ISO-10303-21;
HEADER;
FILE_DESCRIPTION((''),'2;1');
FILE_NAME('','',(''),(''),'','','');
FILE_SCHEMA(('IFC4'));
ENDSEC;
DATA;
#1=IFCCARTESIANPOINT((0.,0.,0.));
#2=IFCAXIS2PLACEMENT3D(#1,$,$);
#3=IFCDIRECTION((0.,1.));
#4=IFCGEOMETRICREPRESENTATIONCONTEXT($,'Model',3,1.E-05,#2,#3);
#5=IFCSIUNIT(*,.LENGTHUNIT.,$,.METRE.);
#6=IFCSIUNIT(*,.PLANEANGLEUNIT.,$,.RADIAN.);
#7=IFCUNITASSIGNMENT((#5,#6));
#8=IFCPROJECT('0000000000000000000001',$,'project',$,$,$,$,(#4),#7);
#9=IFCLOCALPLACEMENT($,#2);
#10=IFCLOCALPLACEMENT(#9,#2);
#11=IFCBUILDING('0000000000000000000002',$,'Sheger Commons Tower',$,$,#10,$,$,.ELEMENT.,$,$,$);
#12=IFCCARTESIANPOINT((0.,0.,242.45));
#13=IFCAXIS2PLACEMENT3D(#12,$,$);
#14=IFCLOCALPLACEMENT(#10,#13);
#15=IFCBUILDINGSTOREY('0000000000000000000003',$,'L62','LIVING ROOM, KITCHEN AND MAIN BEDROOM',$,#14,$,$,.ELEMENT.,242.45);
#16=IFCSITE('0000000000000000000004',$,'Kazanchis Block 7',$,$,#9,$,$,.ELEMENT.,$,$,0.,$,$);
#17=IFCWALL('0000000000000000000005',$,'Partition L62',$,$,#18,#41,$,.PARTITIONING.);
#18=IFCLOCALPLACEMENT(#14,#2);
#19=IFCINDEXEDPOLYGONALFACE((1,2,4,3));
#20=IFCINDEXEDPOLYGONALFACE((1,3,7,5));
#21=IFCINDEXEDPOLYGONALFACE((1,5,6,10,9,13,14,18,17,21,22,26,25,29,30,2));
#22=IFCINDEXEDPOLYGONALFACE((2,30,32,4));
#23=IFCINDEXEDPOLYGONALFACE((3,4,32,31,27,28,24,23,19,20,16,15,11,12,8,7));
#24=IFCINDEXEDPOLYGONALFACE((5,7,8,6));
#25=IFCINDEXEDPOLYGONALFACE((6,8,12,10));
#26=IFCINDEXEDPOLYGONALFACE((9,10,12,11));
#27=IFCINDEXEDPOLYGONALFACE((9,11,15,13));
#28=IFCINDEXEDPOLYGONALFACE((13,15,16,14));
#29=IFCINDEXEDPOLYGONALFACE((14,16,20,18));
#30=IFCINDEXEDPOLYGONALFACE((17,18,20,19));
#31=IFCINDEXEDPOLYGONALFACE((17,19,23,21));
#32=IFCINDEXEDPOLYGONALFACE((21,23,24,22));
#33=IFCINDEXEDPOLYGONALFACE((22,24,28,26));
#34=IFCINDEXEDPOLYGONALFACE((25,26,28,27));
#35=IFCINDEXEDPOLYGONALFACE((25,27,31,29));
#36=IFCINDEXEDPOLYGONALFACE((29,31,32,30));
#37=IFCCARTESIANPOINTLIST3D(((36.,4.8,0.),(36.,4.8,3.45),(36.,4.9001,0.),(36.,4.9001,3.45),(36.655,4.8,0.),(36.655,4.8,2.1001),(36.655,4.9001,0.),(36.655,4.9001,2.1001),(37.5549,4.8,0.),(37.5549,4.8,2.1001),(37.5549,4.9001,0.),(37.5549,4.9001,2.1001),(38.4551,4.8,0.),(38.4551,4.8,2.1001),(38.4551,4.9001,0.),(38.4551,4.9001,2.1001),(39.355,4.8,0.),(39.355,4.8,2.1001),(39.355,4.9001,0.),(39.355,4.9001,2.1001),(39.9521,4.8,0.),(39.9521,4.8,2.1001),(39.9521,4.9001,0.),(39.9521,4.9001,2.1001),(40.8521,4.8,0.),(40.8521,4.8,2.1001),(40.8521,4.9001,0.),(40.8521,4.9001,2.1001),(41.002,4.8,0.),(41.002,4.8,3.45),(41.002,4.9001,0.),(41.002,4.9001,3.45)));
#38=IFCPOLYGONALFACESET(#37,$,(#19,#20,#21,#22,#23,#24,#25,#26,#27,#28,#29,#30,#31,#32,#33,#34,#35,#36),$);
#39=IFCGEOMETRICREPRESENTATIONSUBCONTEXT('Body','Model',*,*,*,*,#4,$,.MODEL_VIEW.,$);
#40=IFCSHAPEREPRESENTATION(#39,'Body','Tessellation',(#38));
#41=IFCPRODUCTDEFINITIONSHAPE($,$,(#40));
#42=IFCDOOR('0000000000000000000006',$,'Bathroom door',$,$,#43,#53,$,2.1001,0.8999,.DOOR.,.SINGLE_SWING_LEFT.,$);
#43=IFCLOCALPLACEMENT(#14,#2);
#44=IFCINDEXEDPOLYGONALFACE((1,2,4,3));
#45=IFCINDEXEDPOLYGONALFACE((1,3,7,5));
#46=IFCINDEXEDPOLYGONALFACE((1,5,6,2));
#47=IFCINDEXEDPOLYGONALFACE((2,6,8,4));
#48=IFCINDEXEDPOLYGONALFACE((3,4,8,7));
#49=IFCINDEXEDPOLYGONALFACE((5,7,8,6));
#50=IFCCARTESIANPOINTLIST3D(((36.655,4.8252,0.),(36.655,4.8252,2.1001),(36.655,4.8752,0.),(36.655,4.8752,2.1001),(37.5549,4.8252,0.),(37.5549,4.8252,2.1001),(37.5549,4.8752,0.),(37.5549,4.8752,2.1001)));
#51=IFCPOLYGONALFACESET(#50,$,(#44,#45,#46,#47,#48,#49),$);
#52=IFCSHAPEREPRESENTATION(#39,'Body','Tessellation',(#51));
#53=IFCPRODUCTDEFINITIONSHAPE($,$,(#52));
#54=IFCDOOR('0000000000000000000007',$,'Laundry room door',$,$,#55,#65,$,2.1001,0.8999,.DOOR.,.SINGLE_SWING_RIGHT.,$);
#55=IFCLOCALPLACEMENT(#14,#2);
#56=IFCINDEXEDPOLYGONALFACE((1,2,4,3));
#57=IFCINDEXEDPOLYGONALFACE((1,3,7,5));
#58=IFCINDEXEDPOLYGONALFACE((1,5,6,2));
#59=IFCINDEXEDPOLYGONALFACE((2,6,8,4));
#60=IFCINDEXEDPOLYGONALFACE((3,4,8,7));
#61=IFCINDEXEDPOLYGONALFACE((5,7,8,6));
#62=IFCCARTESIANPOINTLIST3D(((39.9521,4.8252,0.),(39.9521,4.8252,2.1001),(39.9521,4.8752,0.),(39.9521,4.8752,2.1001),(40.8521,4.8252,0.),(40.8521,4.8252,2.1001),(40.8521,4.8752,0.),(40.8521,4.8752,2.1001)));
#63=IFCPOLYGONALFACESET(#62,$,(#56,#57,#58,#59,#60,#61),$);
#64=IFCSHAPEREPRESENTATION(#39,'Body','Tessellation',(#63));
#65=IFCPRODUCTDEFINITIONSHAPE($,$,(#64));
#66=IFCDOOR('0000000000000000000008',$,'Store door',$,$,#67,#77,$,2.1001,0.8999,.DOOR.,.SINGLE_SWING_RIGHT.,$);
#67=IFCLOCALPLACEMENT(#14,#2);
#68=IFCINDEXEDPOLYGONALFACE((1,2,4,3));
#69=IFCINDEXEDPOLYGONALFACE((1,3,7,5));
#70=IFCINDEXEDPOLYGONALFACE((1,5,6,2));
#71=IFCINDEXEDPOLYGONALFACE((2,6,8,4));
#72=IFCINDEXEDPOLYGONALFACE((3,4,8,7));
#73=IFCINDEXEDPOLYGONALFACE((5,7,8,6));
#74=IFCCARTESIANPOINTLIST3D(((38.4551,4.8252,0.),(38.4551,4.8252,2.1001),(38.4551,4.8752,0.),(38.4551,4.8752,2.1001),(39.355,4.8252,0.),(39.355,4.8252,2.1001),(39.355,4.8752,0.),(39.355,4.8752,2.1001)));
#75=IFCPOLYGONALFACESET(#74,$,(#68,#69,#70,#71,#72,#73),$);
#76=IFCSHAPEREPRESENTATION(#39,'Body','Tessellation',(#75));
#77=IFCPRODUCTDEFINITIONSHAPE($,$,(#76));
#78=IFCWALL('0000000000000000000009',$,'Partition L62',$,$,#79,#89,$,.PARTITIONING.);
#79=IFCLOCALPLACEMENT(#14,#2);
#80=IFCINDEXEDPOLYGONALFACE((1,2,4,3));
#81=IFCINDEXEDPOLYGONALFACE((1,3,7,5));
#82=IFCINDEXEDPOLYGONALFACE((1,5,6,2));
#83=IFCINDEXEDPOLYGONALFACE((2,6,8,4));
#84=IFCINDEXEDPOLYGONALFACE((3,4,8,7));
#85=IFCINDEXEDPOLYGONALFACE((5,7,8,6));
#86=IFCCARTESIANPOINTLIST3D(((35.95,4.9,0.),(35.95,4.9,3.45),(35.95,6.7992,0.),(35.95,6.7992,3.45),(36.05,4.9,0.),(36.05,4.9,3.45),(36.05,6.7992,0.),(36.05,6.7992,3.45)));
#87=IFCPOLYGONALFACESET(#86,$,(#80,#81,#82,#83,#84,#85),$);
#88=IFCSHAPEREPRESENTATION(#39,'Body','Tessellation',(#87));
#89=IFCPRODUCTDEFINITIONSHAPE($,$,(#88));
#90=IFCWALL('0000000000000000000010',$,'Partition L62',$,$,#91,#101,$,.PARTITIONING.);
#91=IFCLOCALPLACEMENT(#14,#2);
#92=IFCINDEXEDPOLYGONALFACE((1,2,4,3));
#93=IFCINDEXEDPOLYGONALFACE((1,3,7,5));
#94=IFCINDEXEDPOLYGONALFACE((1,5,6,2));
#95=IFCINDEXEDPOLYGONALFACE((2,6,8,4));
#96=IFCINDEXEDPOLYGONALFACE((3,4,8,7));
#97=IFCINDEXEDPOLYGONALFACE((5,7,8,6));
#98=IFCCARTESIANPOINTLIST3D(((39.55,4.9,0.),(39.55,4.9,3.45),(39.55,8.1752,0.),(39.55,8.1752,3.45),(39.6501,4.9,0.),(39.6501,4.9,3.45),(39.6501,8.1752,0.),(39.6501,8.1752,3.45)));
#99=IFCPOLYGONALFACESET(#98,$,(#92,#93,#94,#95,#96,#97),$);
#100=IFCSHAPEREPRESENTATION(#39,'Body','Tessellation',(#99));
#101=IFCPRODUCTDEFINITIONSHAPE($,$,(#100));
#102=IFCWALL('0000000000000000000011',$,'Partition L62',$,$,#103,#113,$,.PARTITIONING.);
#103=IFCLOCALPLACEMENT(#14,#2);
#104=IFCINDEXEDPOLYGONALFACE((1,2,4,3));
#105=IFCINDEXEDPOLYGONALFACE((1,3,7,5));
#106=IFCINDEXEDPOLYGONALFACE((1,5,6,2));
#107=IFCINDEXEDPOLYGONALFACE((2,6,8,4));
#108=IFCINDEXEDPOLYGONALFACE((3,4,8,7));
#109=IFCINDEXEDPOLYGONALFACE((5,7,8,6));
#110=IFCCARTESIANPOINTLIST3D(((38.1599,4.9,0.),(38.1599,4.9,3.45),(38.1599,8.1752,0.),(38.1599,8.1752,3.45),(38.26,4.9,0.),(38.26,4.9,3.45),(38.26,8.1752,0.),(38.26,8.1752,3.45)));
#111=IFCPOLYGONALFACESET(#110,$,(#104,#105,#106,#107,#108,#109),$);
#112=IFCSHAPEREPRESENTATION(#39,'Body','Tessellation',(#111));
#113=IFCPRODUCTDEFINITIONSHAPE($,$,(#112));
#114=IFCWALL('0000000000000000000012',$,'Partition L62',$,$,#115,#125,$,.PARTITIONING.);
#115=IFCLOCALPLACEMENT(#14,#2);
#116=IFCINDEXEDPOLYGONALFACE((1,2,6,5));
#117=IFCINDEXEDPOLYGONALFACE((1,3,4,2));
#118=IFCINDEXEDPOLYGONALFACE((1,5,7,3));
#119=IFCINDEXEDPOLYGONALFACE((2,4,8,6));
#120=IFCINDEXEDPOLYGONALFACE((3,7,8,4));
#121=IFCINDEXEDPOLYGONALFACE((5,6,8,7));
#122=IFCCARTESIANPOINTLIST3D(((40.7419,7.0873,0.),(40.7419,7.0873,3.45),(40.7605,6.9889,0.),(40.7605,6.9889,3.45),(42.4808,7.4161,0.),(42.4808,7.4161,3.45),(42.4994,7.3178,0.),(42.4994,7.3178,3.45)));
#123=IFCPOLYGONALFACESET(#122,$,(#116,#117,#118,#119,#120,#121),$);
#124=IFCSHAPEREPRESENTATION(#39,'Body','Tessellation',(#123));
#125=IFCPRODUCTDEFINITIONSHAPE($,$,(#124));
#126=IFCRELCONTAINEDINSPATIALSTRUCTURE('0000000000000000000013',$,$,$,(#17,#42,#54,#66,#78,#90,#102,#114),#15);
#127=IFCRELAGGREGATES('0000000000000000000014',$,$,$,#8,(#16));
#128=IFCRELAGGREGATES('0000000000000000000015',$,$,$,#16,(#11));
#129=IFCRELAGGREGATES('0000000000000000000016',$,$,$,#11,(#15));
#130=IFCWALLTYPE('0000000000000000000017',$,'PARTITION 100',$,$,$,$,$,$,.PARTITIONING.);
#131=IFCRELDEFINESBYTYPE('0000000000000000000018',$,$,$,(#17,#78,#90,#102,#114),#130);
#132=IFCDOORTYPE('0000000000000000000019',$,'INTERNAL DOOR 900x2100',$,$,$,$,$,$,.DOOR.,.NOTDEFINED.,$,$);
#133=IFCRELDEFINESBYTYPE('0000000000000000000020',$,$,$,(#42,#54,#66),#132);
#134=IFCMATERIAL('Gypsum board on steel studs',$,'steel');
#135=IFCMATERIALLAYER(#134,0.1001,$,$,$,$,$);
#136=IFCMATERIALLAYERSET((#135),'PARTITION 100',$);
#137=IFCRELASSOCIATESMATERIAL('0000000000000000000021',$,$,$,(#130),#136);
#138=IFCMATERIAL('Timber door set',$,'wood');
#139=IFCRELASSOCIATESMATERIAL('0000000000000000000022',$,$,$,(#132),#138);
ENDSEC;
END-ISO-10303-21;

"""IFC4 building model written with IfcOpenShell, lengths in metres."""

from ifc_helpers import new_model, si_unit, direction, frame, frame_2d, origin, place, context, subcontext, project, spatial, rectangle, extrude, material, layer, layer_set, type_object, element, fill, save


model = new_model("IFC4")

# Units and contexts
model_context = context("Model", 3, precision=1e-05, world=origin(), true_north=direction((0.0, 1.0)))
body_context = subcontext(model_context, "Body", "Model", "MODEL_VIEW")
ifc_project = project(units=[si_unit("LENGTHUNIT", "METRE"), si_unit("PLANEANGLEUNIT", "RADIAN")], contexts=[model_context])

# Site, building, storey
site_placement = place(None, origin())
site = spatial("IfcSite", under=ifc_project, at=site_placement, Name="Kazanchis Block 7", CompositionType="ELEMENT", RefElevation=0.0)
building_placement = place(site_placement, origin())
building = spatial("IfcBuilding", under=site, at=building_placement, Name="Sheger Commons Tower", CompositionType="ELEMENT")
storey_placement = place(building_placement, frame((0.0, 0.0, 242.45)))
storey = spatial("IfcBuildingStorey", under=building, at=storey_placement, Name="L62", Description="LIVING ROOM, KITCHEN AND MAIN BEDROOM", CompositionType="ELEMENT", Elevation=242.45)

# Shared definitions
ifc_material_1 = material(Name="Gypsum board on steel studs", Category="steel")
ifc_layer = layer(ifc_material_1, 0.1001)
ifc_layer_set = layer_set([ifc_layer], Name="PARTITION 100")
wall_type = type_object("IfcWallType", Name="PARTITION 100", PredefinedType="PARTITIONING", material=ifc_layer_set)
ifc_material_2 = material(Name="Timber door set", Category="wood")
door_type = type_object("IfcDoorType", Name="INTERNAL DOOR 900x2100", OperationType="NOTDEFINED", PredefinedType="DOOR", material=ifc_material_2)

# Wall, openings, doors
wall_1_placement = place(storey_placement, frame((41.002, 4.8501, 0.0), z_axis=(0.0, 0.0, 1.0), x_axis=(-1.0, 0.0, 0.0)))
wall_1 = element("IfcWall", 1, at=wall_1_placement, inside=storey, type_object=wall_type, Name="Partition L62", PredefinedType="PARTITIONING", context=body_context, shape_type="SweptSolid", body=[
    extrude(rectangle(XDim=5.002, YDim=0.1001, at=frame_2d((2.501, 0.0))), origin(), (0.0, 0.0, 1.0), 3.45),
])
opening_1_placement = place(wall_1_placement, frame((3.447, 0.0, 0.0)))
opening_1 = element("IfcOpeningElement", 2, at=opening_1_placement, cuts=wall_1, PredefinedType="OPENING", context=body_context, shape_type="SweptSolid", body=[
    extrude(rectangle(XDim=0.8999, YDim=2.1001, at=frame_2d((0.45, 1.05))), frame((0.0, 0.0601, 0.0), z_axis=(0.0, -1.0, 0.0), x_axis=(1.0, 0.0, 0.0)), (0.0, 0.0, 1.0), 0.1201),
])
opening_2_placement = place(wall_1_placement, frame((0.1499, 0.0, 0.0)))
opening_2 = element("IfcOpeningElement", 3, at=opening_2_placement, cuts=wall_1, PredefinedType="OPENING", context=body_context, shape_type="SweptSolid", body=[
    extrude(rectangle(XDim=0.8999, YDim=2.1001, at=frame_2d((0.45, 1.05))), frame((0.0, 0.0601, 0.0), z_axis=(0.0, -1.0, 0.0), x_axis=(1.0, 0.0, 0.0)), (0.0, 0.0, 1.0), 0.1201),
])
opening_3_placement = place(wall_1_placement, frame((1.647, 0.0, 0.0)))
opening_3 = element("IfcOpeningElement", 4, at=opening_3_placement, cuts=wall_1, PredefinedType="OPENING", context=body_context, shape_type="SweptSolid", body=[
    extrude(rectangle(XDim=0.8999, YDim=2.1001, at=frame_2d((0.45, 1.05))), frame((0.0, 0.0601, 0.0), z_axis=(0.0, -1.0, 0.0), x_axis=(1.0, 0.0, 0.0)), (0.0, 0.0, 1.0), 0.1201),
])
door_1_placement = place(opening_1_placement, origin())
door_1 = element("IfcDoor", 5, at=door_1_placement, inside=storey, type_object=door_type, Name="Bathroom door", OperationType="SINGLE_SWING_LEFT", OverallHeight=2.1001, OverallWidth=0.8999, PredefinedType="DOOR", context=body_context, shape_type="SweptSolid", body=[
    extrude(rectangle(XDim=0.8999, YDim=2.1001, at=frame_2d((0.45, 1.05))), frame((0.0, 0.0249, 0.0), z_axis=(0.0, -1.0, 0.0), x_axis=(1.0, 0.0, 0.0)), (0.0, 0.0, 1.0), 0.05),
])
fill(opening_1, door_1)
door_2_placement = place(opening_2_placement, origin())
door_2 = element("IfcDoor", 6, at=door_2_placement, inside=storey, type_object=door_type, Name="Laundry room door", OperationType="SINGLE_SWING_RIGHT", OverallHeight=2.1001, OverallWidth=0.8999, PredefinedType="DOOR", context=body_context, shape_type="SweptSolid", body=[
    extrude(rectangle(XDim=0.8999, YDim=2.1001, at=frame_2d((0.45, 1.05))), frame((0.0, 0.0249, 0.0), z_axis=(0.0, -1.0, 0.0), x_axis=(1.0, 0.0, 0.0)), (0.0, 0.0, 1.0), 0.05),
])
fill(opening_2, door_2)
door_3_placement = place(opening_3_placement, origin())
door_3 = element("IfcDoor", 7, at=door_3_placement, inside=storey, type_object=door_type, Name="Store door", OperationType="SINGLE_SWING_RIGHT", OverallHeight=2.1001, OverallWidth=0.8999, PredefinedType="DOOR", context=body_context, shape_type="SweptSolid", body=[
    extrude(rectangle(XDim=0.8999, YDim=2.1001, at=frame_2d((0.45, 1.05))), frame((0.0, 0.0249, 0.0), z_axis=(0.0, -1.0, 0.0), x_axis=(1.0, 0.0, 0.0)), (0.0, 0.0, 1.0), 0.05),
])
fill(opening_3, door_3)

# Walls
wall_2_placement = place(storey_placement, frame((36.0, 4.8999, 0.0), z_axis=(0.0, 0.0, 1.0), x_axis=(0.0, 1.0, 0.0)))
element("IfcWall", 8, at=wall_2_placement, inside=storey, type_object=wall_type, Name="Partition L62", PredefinedType="PARTITIONING", context=body_context, shape_type="SweptSolid", body=[
    extrude(rectangle(XDim=1.8992, YDim=0.1001, at=frame_2d((0.9497, 0.0))), origin(), (0.0, 0.0, 1.0), 3.45),
])
for number, where, z_axis, x_axis, name in (
    (9, (39.6001, 4.8999, 0.0), (0.0, 0.0, 1.0), (0.0, 1.0, 0.0), "Partition L62"),
    (10, (38.21, 4.8999, 0.0), (0.0, 0.0, 1.0), (0.0, 1.0, 0.0), "Partition L62"),
):
    element("IfcWall", number, at=place(storey_placement, frame(where, z_axis=z_axis, x_axis=x_axis)), inside=storey, type_object=wall_type, Name=name, PredefinedType="PARTITIONING", context=body_context, shape_type="SweptSolid", body=[
        extrude(rectangle(XDim=3.2751, YDim=0.1001, at=frame_2d((1.6377, 0.0))), origin(), (0.0, 0.0, 1.0), 3.45),
    ])
wall_3_placement = place(storey_placement, frame((42.49, 7.3669, 0.0), z_axis=(0.0, 0.0, 1.0), x_axis=(-0.982585, -0.185812, 0.0)))
element("IfcWall", 11, at=wall_3_placement, inside=storey, type_object=wall_type, Name="Partition L62", PredefinedType="PARTITIONING", context=body_context, shape_type="SweptSolid", body=[
    extrude(rectangle(XDim=1.7698, YDim=0.1001, at=frame_2d((0.8848, 0.0))), origin(), (0.0, 0.0, 1.0), 3.45),
])

save(model, "model.ifc")
